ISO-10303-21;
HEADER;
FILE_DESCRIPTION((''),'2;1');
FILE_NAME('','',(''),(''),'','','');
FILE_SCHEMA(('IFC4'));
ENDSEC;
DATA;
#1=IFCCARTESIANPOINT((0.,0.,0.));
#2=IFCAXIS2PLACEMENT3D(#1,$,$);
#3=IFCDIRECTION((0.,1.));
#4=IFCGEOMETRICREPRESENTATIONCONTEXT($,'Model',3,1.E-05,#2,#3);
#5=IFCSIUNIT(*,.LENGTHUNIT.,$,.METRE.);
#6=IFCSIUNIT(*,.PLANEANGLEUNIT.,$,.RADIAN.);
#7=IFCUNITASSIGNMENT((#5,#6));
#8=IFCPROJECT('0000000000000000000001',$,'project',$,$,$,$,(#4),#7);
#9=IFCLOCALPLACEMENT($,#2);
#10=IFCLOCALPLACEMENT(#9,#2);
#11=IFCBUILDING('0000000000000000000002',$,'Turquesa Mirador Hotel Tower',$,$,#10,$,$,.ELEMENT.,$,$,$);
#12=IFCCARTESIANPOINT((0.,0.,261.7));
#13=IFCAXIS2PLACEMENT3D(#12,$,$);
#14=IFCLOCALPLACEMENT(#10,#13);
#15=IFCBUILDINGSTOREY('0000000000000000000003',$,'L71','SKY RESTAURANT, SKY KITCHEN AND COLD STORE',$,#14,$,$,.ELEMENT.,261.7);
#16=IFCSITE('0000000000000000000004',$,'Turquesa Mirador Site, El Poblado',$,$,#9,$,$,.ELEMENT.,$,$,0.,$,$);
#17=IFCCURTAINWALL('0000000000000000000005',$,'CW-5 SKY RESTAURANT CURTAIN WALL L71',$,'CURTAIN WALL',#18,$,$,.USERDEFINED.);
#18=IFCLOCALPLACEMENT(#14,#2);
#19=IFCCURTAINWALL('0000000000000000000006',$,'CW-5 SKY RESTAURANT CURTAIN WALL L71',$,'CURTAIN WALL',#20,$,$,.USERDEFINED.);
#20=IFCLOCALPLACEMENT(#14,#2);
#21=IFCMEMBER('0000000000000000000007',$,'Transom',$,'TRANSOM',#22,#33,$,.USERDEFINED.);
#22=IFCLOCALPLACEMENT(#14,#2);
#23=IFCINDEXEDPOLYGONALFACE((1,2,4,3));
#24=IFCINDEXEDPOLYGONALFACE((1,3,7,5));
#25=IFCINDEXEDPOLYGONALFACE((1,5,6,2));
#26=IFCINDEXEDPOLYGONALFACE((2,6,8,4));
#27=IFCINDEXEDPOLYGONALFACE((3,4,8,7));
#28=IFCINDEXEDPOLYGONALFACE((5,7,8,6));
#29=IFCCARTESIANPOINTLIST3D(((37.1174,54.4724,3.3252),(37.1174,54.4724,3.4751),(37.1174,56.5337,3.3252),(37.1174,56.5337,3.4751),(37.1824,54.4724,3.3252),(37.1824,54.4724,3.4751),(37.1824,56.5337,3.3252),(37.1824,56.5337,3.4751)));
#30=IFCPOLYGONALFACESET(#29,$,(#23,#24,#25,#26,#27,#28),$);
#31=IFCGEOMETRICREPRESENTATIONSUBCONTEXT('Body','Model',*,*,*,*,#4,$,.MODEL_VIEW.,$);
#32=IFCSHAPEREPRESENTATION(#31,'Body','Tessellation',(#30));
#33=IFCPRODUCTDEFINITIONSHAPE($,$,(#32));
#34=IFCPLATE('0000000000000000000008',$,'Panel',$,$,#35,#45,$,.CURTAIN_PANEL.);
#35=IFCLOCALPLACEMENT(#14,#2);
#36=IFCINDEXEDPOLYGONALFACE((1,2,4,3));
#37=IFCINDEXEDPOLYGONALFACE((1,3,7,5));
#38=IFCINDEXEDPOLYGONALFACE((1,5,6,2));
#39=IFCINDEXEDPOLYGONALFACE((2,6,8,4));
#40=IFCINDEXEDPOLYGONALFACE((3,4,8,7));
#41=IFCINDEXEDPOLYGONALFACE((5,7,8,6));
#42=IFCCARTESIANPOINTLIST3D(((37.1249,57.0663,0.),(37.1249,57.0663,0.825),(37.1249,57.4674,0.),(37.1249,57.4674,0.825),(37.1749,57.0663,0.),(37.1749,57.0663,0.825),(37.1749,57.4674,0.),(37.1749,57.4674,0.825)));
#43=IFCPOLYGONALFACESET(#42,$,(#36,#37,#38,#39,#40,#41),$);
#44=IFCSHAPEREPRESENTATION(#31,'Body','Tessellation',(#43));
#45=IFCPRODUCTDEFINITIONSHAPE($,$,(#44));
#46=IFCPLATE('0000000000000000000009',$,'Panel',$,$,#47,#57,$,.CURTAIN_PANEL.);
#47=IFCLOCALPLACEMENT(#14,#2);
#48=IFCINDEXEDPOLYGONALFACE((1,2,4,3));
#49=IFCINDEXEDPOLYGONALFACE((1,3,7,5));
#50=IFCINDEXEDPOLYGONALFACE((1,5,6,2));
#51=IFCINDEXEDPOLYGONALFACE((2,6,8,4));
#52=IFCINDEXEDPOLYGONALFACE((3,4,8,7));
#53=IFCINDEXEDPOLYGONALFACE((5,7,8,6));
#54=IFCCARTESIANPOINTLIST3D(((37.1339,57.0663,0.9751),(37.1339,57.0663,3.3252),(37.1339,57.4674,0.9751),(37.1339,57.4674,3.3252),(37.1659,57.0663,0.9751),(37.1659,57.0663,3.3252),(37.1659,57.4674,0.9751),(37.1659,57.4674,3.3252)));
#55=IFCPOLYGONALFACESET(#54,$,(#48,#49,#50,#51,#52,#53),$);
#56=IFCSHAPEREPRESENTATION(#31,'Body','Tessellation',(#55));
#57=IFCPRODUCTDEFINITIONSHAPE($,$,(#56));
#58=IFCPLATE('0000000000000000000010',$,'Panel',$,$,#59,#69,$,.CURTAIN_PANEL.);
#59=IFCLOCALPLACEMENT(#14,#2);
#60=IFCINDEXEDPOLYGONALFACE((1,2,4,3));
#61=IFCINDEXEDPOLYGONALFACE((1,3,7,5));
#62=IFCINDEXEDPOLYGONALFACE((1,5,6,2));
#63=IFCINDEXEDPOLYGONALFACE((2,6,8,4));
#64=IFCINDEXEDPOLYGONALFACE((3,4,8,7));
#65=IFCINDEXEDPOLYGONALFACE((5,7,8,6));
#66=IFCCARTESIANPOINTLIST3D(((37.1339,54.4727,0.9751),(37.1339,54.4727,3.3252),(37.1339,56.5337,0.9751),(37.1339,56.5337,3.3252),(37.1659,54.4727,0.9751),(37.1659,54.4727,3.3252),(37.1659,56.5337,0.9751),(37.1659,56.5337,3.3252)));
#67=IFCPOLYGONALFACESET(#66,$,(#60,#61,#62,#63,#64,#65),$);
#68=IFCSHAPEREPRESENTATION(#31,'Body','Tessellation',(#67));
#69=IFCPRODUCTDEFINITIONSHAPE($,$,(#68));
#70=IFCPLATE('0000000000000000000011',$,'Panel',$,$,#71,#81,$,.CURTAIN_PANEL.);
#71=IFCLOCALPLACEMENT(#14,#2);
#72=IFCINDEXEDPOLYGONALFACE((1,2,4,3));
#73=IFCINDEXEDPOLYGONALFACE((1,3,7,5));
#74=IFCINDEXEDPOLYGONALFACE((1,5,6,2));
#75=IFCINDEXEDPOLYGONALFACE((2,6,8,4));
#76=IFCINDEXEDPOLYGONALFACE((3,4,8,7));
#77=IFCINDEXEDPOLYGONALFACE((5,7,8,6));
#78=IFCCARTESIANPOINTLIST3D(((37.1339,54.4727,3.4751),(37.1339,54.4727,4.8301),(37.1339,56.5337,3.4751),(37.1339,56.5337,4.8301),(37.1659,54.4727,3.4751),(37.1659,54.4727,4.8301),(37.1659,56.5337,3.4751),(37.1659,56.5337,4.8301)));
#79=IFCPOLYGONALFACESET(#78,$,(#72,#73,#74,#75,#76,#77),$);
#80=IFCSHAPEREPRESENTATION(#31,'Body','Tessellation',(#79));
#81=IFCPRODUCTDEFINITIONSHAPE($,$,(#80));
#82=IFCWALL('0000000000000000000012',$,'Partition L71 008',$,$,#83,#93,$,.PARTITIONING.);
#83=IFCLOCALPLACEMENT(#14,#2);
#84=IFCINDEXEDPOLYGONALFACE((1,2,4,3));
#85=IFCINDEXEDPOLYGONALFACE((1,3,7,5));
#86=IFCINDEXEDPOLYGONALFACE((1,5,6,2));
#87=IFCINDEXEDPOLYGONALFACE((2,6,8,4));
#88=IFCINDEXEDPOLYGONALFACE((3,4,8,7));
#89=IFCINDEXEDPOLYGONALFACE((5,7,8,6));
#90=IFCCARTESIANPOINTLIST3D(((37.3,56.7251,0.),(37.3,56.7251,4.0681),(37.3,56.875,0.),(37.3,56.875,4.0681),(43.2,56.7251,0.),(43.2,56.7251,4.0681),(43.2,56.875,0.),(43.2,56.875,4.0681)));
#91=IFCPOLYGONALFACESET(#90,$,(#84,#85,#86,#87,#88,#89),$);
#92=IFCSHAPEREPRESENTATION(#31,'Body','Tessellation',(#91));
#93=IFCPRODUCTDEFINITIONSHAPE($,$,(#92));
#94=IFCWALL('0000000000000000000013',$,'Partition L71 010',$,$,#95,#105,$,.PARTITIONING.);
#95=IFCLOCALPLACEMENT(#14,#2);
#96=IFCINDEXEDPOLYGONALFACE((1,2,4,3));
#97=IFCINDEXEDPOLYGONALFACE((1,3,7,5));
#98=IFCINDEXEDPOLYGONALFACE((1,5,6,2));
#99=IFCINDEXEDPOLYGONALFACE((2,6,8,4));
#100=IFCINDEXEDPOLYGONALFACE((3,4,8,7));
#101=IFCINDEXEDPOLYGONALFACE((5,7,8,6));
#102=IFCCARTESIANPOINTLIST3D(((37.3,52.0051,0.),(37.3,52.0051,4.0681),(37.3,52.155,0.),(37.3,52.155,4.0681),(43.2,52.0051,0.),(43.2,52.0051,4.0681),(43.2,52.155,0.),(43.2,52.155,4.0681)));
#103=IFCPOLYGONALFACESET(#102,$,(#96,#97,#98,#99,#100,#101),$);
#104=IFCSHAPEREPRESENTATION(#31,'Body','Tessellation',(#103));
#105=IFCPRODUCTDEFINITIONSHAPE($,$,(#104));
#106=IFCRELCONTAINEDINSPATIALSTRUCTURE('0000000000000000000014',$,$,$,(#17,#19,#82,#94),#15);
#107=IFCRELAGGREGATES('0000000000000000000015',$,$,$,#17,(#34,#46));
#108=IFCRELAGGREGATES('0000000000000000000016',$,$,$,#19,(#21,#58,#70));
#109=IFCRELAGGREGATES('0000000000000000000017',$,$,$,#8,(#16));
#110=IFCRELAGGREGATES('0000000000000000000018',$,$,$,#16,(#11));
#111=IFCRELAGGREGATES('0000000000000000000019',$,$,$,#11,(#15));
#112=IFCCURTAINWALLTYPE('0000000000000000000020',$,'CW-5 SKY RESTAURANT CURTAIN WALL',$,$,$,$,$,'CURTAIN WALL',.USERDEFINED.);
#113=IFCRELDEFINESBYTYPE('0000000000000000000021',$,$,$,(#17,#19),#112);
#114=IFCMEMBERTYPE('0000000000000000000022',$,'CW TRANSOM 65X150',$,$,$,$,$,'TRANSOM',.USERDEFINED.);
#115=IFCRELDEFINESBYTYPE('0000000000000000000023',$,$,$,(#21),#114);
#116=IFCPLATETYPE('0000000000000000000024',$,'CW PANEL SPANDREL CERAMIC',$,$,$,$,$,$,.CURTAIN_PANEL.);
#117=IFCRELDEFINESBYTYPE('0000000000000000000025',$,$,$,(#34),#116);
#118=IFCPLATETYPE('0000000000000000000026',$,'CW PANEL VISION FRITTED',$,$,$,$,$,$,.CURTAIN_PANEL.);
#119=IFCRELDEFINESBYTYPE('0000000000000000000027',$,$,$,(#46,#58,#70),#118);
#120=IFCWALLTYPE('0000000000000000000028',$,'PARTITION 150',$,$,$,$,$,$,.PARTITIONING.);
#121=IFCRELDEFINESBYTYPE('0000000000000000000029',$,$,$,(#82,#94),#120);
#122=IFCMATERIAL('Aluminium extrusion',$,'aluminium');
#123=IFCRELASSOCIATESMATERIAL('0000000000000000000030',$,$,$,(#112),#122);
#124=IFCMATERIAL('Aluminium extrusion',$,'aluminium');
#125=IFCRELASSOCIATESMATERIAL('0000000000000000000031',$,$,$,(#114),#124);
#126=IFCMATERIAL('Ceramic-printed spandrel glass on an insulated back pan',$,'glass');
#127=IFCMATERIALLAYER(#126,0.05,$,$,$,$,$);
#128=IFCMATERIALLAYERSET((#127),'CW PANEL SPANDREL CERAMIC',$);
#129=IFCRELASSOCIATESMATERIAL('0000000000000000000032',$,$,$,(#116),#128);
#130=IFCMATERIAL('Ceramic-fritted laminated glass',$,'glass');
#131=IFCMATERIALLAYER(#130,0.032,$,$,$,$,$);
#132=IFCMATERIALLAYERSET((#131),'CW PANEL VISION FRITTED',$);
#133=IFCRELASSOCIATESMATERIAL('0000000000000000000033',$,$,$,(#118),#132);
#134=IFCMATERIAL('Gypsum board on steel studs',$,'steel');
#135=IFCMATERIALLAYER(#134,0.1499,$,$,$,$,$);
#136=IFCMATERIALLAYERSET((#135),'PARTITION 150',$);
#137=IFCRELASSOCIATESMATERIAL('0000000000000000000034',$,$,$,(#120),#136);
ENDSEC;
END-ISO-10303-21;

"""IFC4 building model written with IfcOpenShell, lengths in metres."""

from ifc_helpers import new_model, si_unit, direction, frame, frame_2d, origin, origin_2d, place, context, subcontext, project, spatial, rectangle, extrude, material, layer, layer_set, material_profile, profile_set, type_object, element, aggregate, save


model = new_model("IFC4")

# Units and contexts
model_context = context("Model", 3, precision=1e-05, world=origin(), true_north=direction((0.0, 1.0)))
body_context = subcontext(model_context, "Body", "Model", "MODEL_VIEW")
ifc_project = project(units=[si_unit("LENGTHUNIT", "METRE"), si_unit("PLANEANGLEUNIT", "RADIAN")], contexts=[model_context])

# Site, building, storey
site_placement = place(None, origin())
site = spatial("IfcSite", under=ifc_project, at=site_placement, Name="Turquesa Mirador Site, El Poblado", CompositionType="ELEMENT", RefElevation=0.0)
building_placement = place(site_placement, origin())
building = spatial("IfcBuilding", under=site, at=building_placement, Name="Turquesa Mirador Hotel Tower", CompositionType="ELEMENT")
storey_placement = place(building_placement, frame((0.0, 0.0, 261.7)))
storey = spatial("IfcBuildingStorey", under=building, at=storey_placement, Name="L71", Description="SKY RESTAURANT, SKY KITCHEN AND COLD STORE", CompositionType="ELEMENT", Elevation=261.7)

# Curtain wall
ifc_material_1 = material(Name="Aluminium extrusion", Category="aluminium")
curtain_wall_type = type_object("IfcCurtainWallType", Name="CW-5 SKY RESTAURANT CURTAIN WALL", ElementType="CURTAIN WALL", PredefinedType="USERDEFINED", material=ifc_material_1)
curtain_wall_1_placement = place(storey_placement, origin())
curtain_wall_1 = element("IfcCurtainWall", 1, at=curtain_wall_1_placement, inside=storey, type_object=curtain_wall_type, Name="CW-5 SKY RESTAURANT CURTAIN WALL L71", ObjectType="CURTAIN WALL", PredefinedType="USERDEFINED")

# Curtain wall, member
curtain_wall_2_placement = place(storey_placement, origin())
curtain_wall_2 = element("IfcCurtainWall", 2, at=curtain_wall_2_placement, inside=storey, type_object=curtain_wall_type, Name="CW-5 SKY RESTAURANT CURTAIN WALL L71", ObjectType="CURTAIN WALL", PredefinedType="USERDEFINED")
ifc_material_2 = material(Name="Aluminium extrusion", Category="aluminium")
ifc_material_profile_1 = material_profile(ifc_material_2, rectangle(XDim=0.0649, YDim=0.1499, at=origin_2d()), Name="TRANSOM 65X150")
ifc_profile_set_1 = profile_set([ifc_material_profile_1], Name="Aluminium extrusion")
member_type_1 = type_object("IfcMemberType", Name="CW TRANSOM 65X150", ElementType="TRANSOM", PredefinedType="USERDEFINED", material=ifc_profile_set_1)
member_1_placement = place(storey_placement, frame((37.1499, 56.5337, 3.4001), z_axis=(0.0, -1.0, 0.0), x_axis=(1.0, 0.0, 0.0)))
member_1 = element("IfcMember", 3, at=member_1_placement, type_object=member_type_1, Name="Transom", ObjectType="TRANSOM", PredefinedType="USERDEFINED", context=body_context, shape_type="SweptSolid", body=[
    extrude(rectangle(XDim=0.0649, YDim=0.1499, at=origin_2d()), origin(), (0.0, 0.0, 1.0), 2.0613),
])

# Plates
ifc_material_3 = material(Name="Ceramic-printed spandrel glass on an insulated back pan", Category="glass")
ifc_layer_1 = layer(ifc_material_3, 0.05)
ifc_layer_set_1 = layer_set([ifc_layer_1], Name="CW PANEL SPANDREL CERAMIC")
plate_type_1 = type_object("IfcPlateType", Name="CW PANEL SPANDREL CERAMIC", PredefinedType="CURTAIN_PANEL", material=ifc_layer_set_1)
plate_1_placement = place(storey_placement, frame((37.1499, 57.2668, 0.0), z_axis=(0.0, 0.0, 1.0), x_axis=(0.0, -1.0, 0.0)))
plate_1 = element("IfcPlate", 4, at=plate_1_placement, type_object=plate_type_1, Name="Panel", PredefinedType="CURTAIN_PANEL", context=body_context, shape_type="SweptSolid", body=[
    extrude(rectangle(XDim=0.4011, YDim=0.05, at=origin_2d()), origin(), (0.0, 0.0, 1.0), 0.825),
])
ifc_material_4 = material(Name="Ceramic-fritted laminated glass", Category="glass")
ifc_layer_2 = layer(ifc_material_4, 0.032)
ifc_layer_set_2 = layer_set([ifc_layer_2], Name="CW PANEL VISION FRITTED")
plate_type_2 = type_object("IfcPlateType", Name="CW PANEL VISION FRITTED", PredefinedType="CURTAIN_PANEL", material=ifc_layer_set_2)
plate_2_placement = place(storey_placement, frame((37.1499, 57.2668, 0.9751), z_axis=(0.0, 0.0, 1.0), x_axis=(0.0, -1.0, 0.0)))
plate_2 = element("IfcPlate", 5, at=plate_2_placement, type_object=plate_type_2, Name="Panel", PredefinedType="CURTAIN_PANEL", context=body_context, shape_type="SweptSolid", body=[
    extrude(rectangle(XDim=0.4011, YDim=0.032, at=origin_2d()), origin(), (0.0, 0.0, 1.0), 2.3501),
])
aggregate(curtain_wall_1, [plate_1, plate_2])
plate_3_placement = place(storey_placement, frame((37.1499, 55.5032, 0.9751), z_axis=(0.0, 0.0, 1.0), x_axis=(0.0, -1.0, 0.0)))
plate_3 = element("IfcPlate", 6, at=plate_3_placement, type_object=plate_type_2, Name="Panel", PredefinedType="CURTAIN_PANEL", context=body_context, shape_type="SweptSolid", body=[
    extrude(rectangle(XDim=2.061, YDim=0.032, at=origin_2d()), origin(), (0.0, 0.0, 1.0), 2.3501),
])
plate_4_placement = place(storey_placement, frame((37.1499, 55.5032, 3.4751), z_axis=(0.0, 0.0, 1.0), x_axis=(0.0, -1.0, 0.0)))
plate_4 = element("IfcPlate", 7, at=plate_4_placement, type_object=plate_type_2, Name="Panel", PredefinedType="CURTAIN_PANEL", context=body_context, shape_type="SweptSolid", body=[
    extrude(rectangle(XDim=2.061, YDim=0.032, at=origin_2d()), origin(), (0.0, 0.0, 1.0), 1.355),
])
aggregate(curtain_wall_2, [member_1, plate_3, plate_4])

# Walls
ifc_material_5 = material(Name="Gypsum board on steel studs", Category="steel")
ifc_layer_3 = layer(ifc_material_5, 0.1499)
ifc_layer_set_3 = layer_set([ifc_layer_3], Name="PARTITION 150")
wall_type = type_object("IfcWallType", Name="PARTITION 150", PredefinedType="PARTITIONING", material=ifc_layer_set_3)
for number, where, z_axis, x_axis, name in (
    (8, (37.3, 56.8, 0.0), (0.0, 0.0, 1.0), (1.0, 0.0, 0.0), "Partition L71 008"),
    (9, (37.3, 52.0801, 0.0), (0.0, 0.0, 1.0), (1.0, 0.0, 0.0), "Partition L71 010"),
):
    element("IfcWall", number, at=place(storey_placement, frame(where, z_axis=z_axis, x_axis=x_axis)), inside=storey, type_object=wall_type, Name=name, PredefinedType="PARTITIONING", context=body_context, shape_type="SweptSolid", body=[
        extrude(rectangle(XDim=5.8999, YDim=0.1499, at=frame_2d((2.95, 0.0))), origin(), (0.0, 0.0, 1.0), 4.0681),
    ])

save(model, "model.ifc")
